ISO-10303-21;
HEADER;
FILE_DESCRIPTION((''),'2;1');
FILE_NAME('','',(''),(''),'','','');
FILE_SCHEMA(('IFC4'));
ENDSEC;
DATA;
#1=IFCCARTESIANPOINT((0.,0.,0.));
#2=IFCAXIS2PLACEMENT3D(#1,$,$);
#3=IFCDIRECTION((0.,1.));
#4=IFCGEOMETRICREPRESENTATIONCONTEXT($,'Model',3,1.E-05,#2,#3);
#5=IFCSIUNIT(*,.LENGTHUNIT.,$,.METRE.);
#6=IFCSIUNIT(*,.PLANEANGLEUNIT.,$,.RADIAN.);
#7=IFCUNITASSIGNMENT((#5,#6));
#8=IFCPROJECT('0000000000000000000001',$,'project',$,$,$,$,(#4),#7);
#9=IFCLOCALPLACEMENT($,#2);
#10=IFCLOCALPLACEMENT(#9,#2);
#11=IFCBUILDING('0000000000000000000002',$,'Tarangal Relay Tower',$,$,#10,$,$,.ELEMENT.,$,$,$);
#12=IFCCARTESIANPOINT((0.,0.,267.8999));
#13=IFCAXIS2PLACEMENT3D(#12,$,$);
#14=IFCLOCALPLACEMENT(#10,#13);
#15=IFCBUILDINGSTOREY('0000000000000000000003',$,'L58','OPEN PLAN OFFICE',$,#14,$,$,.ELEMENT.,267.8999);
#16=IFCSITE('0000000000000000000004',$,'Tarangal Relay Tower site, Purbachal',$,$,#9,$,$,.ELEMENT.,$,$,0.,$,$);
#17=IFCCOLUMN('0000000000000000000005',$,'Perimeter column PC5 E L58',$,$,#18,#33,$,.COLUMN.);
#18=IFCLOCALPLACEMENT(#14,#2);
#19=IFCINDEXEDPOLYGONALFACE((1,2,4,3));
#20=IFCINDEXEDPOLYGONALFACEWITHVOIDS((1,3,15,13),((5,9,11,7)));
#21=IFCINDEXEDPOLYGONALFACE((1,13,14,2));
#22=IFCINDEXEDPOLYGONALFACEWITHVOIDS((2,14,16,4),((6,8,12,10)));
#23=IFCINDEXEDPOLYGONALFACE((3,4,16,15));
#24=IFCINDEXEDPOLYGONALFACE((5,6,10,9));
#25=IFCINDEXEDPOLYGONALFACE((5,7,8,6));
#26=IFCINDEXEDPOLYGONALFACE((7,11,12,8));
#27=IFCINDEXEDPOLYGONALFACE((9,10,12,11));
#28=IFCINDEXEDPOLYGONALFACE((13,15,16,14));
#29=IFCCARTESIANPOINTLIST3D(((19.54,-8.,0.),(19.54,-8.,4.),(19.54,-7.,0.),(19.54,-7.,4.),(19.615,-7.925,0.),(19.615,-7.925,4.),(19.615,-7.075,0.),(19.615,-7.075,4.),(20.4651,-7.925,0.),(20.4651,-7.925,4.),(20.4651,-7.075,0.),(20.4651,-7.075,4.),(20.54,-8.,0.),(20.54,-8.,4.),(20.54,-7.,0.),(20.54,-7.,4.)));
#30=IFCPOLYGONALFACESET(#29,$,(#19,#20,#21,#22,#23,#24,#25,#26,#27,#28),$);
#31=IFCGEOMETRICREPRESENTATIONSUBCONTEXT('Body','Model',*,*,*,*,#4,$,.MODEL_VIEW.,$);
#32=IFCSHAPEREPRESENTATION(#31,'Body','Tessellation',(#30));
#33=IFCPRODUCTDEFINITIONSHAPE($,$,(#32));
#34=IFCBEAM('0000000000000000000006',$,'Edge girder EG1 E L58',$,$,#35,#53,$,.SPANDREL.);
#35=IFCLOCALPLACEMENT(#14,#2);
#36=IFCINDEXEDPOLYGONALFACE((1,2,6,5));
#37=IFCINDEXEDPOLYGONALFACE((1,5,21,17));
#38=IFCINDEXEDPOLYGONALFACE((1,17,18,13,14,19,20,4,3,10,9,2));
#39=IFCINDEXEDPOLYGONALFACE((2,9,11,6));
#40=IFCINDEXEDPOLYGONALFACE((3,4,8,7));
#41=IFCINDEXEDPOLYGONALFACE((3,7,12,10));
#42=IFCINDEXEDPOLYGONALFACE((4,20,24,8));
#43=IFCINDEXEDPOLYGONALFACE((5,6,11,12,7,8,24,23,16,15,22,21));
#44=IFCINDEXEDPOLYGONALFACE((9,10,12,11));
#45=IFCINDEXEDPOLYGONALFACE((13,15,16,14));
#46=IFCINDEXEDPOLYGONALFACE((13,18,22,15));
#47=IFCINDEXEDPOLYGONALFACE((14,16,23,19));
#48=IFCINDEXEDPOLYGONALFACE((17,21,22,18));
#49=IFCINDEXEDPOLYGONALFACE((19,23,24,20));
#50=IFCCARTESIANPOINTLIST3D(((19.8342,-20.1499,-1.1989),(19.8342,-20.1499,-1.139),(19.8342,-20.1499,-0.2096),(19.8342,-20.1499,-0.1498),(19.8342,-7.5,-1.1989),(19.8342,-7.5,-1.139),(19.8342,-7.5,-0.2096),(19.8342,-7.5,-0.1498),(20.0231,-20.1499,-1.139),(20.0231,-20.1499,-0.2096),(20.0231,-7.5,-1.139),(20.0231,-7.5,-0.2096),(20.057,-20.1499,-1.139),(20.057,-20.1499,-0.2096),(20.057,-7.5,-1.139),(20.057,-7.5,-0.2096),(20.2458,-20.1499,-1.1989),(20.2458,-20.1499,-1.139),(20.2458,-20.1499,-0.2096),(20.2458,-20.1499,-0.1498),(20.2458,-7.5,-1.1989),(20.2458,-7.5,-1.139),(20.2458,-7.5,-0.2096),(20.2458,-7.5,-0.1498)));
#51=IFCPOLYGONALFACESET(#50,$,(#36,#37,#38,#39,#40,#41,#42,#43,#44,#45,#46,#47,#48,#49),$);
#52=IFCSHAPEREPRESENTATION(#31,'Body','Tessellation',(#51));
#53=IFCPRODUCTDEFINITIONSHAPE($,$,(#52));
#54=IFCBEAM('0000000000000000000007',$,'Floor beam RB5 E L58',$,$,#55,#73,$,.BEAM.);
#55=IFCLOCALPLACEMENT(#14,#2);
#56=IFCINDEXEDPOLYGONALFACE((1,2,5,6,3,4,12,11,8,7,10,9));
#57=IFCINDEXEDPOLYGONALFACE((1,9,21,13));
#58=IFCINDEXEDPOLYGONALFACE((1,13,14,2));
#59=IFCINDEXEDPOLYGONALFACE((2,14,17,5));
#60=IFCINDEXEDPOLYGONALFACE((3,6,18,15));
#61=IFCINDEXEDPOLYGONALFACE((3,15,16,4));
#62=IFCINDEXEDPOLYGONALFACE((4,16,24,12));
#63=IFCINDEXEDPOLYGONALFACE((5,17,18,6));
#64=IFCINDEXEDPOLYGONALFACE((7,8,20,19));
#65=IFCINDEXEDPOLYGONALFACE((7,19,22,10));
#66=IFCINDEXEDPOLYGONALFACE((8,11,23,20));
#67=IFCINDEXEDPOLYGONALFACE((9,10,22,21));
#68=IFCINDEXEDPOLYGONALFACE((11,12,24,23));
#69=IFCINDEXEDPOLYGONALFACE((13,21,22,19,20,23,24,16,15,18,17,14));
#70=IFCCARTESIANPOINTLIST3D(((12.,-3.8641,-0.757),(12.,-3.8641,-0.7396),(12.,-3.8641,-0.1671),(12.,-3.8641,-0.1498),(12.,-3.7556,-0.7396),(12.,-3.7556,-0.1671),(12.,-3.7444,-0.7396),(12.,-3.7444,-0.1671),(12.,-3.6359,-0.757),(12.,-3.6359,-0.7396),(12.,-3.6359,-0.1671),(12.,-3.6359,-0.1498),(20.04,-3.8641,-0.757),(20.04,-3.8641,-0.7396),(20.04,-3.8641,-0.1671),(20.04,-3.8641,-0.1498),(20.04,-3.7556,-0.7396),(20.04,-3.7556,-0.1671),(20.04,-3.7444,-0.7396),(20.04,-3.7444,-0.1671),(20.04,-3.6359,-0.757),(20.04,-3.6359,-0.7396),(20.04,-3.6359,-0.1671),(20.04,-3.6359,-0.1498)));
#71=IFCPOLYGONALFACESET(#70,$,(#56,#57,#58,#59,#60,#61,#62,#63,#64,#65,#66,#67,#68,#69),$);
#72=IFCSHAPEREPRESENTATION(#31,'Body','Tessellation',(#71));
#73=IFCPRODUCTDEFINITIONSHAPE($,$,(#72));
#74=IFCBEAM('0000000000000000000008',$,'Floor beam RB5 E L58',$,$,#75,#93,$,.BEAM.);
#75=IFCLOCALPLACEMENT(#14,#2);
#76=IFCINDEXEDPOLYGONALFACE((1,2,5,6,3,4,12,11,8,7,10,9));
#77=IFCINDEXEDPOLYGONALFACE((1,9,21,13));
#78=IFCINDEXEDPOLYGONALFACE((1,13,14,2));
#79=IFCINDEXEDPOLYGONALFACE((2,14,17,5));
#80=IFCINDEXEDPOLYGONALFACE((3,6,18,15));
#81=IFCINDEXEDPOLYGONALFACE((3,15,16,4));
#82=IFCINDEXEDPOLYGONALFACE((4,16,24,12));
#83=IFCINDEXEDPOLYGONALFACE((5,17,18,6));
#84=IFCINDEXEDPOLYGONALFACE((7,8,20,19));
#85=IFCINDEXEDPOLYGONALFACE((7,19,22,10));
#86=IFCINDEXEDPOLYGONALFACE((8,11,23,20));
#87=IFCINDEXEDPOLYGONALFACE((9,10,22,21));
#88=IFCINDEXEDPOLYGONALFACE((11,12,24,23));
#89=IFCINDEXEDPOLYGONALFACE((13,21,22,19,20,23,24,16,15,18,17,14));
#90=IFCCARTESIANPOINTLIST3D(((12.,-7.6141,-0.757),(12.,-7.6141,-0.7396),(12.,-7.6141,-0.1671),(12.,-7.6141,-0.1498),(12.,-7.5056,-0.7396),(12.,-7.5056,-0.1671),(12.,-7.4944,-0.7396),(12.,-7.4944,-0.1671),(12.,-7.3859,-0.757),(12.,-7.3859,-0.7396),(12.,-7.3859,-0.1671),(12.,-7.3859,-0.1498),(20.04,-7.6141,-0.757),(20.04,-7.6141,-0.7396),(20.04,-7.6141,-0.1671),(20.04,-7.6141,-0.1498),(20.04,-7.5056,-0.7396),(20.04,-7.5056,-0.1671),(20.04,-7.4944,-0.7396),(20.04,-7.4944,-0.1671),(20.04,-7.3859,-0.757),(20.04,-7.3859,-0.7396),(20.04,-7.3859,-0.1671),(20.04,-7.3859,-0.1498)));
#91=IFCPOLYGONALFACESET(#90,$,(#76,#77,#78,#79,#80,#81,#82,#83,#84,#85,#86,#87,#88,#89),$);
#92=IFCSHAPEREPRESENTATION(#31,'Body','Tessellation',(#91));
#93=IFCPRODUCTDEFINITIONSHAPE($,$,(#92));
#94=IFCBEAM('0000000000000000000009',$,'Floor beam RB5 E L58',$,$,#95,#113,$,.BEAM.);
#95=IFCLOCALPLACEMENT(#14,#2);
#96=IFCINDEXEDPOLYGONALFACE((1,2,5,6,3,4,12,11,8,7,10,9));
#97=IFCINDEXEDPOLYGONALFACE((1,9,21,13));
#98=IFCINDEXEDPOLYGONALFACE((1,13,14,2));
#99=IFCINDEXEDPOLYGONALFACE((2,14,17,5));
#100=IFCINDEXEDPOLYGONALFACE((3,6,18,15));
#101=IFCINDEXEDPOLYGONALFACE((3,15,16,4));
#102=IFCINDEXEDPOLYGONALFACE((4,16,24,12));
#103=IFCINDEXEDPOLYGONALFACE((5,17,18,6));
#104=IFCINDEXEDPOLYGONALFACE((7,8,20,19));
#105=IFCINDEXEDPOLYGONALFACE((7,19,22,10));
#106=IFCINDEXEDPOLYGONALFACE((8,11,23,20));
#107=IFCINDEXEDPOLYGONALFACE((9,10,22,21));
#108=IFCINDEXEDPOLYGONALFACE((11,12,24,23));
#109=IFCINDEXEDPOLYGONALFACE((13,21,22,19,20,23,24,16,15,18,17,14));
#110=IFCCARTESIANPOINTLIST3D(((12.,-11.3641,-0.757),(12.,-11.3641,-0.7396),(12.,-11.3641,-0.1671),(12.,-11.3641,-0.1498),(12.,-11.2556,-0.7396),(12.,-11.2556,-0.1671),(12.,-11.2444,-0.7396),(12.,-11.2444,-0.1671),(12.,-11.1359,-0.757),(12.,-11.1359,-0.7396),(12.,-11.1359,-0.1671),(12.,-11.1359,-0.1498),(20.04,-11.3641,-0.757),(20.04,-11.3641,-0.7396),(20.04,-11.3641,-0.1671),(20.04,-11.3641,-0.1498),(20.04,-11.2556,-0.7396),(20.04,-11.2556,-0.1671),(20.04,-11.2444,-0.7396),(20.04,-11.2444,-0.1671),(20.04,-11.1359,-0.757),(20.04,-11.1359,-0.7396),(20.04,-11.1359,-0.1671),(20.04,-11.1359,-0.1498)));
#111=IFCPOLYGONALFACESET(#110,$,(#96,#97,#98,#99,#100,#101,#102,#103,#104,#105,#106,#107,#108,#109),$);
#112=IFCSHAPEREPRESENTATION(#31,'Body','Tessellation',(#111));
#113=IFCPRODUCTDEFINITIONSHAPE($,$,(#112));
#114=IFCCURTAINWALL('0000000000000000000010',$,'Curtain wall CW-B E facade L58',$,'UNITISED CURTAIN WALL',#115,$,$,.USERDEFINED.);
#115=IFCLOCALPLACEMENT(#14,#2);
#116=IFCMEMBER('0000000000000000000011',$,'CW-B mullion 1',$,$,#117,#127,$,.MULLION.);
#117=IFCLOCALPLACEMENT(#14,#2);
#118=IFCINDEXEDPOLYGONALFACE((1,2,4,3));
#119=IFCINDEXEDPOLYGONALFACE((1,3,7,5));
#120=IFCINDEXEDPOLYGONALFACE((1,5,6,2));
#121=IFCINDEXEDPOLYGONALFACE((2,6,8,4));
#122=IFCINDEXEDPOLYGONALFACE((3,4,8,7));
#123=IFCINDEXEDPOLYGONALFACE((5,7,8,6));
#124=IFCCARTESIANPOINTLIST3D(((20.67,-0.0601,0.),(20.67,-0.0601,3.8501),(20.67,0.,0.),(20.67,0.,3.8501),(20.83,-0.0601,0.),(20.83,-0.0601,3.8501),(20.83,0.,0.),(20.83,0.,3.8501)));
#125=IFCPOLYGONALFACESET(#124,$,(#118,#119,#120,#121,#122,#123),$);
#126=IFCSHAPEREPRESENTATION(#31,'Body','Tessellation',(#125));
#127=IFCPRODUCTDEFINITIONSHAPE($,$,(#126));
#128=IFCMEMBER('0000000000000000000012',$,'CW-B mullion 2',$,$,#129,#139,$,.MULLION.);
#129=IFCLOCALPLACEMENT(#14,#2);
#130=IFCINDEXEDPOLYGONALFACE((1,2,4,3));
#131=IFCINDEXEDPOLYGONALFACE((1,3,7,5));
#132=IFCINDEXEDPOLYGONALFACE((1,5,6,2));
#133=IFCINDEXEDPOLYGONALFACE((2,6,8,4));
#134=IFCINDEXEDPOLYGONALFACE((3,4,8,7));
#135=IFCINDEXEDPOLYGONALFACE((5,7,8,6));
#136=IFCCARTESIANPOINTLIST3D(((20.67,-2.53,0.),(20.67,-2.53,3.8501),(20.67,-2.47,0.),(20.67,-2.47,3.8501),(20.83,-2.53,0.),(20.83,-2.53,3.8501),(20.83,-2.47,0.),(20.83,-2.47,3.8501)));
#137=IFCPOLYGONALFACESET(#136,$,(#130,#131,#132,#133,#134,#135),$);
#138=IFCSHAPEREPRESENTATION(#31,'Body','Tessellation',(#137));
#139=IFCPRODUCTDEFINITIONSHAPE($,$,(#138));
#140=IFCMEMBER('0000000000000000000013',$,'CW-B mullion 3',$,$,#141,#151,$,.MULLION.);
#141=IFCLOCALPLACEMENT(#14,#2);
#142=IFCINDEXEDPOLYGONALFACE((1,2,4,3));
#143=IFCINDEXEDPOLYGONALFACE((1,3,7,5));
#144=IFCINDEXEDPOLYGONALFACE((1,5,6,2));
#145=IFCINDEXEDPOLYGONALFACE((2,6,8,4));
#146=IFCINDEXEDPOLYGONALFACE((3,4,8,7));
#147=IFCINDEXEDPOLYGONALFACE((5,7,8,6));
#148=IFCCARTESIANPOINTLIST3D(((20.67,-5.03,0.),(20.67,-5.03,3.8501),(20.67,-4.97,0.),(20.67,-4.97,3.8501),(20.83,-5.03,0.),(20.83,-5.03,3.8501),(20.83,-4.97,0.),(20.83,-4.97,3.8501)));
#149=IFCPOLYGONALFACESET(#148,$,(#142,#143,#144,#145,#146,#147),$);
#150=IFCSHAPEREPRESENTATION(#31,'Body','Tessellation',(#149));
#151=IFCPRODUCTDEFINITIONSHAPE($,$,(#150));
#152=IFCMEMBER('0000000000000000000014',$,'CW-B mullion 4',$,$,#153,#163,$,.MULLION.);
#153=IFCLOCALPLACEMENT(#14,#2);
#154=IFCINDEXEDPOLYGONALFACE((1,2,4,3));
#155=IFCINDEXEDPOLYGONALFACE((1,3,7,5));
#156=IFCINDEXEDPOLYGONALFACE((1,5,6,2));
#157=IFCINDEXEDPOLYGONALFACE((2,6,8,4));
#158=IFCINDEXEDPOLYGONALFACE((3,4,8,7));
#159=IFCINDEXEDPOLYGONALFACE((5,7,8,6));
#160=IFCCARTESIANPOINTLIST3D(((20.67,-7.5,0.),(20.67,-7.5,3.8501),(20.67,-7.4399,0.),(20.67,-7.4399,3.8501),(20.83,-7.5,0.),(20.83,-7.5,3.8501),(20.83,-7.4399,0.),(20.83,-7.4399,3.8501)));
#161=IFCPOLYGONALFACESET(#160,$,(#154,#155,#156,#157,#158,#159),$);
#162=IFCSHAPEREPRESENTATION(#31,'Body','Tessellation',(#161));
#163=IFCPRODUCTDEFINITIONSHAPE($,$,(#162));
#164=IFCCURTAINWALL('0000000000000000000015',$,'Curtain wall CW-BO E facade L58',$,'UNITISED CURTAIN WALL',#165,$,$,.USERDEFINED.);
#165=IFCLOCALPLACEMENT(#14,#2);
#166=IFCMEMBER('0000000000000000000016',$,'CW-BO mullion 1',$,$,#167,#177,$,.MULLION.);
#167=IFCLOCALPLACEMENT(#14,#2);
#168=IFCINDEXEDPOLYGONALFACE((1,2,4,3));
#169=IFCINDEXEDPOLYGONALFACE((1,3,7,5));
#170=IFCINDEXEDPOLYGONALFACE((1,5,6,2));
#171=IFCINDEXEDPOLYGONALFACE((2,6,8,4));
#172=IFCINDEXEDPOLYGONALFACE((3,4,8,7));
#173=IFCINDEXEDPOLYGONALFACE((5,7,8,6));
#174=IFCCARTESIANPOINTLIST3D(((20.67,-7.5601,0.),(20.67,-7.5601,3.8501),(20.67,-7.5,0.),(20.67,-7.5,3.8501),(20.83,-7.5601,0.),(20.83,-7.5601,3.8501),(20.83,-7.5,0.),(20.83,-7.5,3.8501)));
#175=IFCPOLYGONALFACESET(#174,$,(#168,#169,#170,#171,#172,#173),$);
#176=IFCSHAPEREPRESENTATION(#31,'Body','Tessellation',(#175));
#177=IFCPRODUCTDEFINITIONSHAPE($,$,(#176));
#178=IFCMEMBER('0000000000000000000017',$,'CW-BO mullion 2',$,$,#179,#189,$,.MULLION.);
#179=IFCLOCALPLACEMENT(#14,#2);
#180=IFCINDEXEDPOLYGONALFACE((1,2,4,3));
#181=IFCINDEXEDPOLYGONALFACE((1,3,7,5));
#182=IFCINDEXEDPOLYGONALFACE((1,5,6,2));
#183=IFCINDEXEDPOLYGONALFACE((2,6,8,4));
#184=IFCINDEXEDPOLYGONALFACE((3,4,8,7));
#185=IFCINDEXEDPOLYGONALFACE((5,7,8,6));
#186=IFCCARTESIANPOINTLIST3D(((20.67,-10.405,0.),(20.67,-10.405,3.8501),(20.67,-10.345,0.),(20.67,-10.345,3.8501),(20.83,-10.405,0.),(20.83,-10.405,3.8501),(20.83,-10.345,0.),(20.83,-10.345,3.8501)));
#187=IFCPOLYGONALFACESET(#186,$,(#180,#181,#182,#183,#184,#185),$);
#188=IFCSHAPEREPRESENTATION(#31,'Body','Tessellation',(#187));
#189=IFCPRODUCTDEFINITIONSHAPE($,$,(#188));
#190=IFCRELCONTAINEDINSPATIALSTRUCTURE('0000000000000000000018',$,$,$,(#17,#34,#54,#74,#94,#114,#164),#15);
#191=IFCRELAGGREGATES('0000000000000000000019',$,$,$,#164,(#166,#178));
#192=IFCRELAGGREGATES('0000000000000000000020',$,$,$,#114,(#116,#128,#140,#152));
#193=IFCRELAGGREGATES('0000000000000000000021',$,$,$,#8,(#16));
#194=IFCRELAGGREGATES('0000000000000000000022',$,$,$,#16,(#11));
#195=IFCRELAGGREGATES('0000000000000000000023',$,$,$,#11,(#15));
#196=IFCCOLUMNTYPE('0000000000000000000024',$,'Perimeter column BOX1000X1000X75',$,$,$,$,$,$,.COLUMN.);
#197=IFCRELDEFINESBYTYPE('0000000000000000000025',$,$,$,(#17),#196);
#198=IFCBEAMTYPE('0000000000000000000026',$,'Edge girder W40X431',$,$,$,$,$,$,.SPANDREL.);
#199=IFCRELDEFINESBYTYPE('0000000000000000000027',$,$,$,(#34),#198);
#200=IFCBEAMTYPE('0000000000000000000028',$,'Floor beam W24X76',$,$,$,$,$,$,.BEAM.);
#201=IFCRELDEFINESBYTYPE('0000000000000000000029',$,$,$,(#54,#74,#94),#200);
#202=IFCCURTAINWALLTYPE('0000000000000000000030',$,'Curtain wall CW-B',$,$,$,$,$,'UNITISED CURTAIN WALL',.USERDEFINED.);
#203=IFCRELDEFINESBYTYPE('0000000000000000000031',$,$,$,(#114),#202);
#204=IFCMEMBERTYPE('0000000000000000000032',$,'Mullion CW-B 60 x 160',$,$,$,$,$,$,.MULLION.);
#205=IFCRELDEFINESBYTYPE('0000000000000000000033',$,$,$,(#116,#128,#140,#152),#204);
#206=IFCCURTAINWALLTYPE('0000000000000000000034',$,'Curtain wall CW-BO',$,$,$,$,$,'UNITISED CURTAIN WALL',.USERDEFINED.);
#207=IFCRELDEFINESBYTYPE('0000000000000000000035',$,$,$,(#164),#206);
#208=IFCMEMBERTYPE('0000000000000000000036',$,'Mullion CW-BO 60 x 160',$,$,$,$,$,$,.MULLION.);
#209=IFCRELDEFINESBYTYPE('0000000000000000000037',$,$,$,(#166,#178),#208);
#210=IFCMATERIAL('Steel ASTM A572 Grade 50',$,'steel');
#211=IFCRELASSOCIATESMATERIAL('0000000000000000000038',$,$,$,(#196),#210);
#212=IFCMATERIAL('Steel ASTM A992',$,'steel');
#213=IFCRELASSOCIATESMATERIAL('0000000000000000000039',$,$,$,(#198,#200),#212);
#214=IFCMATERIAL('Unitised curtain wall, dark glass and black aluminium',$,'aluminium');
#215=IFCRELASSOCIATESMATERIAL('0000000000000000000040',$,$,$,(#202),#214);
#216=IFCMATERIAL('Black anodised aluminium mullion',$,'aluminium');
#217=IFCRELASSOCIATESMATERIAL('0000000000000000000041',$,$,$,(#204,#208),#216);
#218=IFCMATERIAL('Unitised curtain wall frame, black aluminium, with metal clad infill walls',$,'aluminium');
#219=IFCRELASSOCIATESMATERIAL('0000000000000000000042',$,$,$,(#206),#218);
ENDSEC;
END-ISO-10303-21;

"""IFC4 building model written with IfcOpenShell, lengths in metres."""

from ifc_helpers import new_model, si_unit, direction, frame, origin, origin_2d, place, context, subcontext, project, spatial, rectangle, hollow_rectangle, i_section, extrude, material, material_profile, profile_set, type_object, element, aggregate, save


model = new_model("IFC4")

# Units and contexts
model_context = context("Model", 3, precision=1e-05, world=origin(), true_north=direction((0.0, 1.0)))
body_context = subcontext(model_context, "Body", "Model", "MODEL_VIEW")
ifc_project = project(units=[si_unit("LENGTHUNIT", "METRE"), si_unit("PLANEANGLEUNIT", "RADIAN")], contexts=[model_context])

# Site, building, storey
site_placement = place(None, origin())
site = spatial("IfcSite", under=ifc_project, at=site_placement, Name="Tarangal Relay Tower site, Purbachal", CompositionType="ELEMENT", RefElevation=0.0)
building_placement = place(site_placement, origin())
building = spatial("IfcBuilding", under=site, at=building_placement, Name="Tarangal Relay Tower", CompositionType="ELEMENT")
storey_placement = place(building_placement, frame((0.0, 0.0, 267.8999)))
storey = spatial("IfcBuildingStorey", under=building, at=storey_placement, Name="L58", Description="OPEN PLAN OFFICE", CompositionType="ELEMENT", Elevation=267.8999)

# Column
ifc_material_1 = material(Name="Steel ASTM A572 Grade 50", Category="steel")
ifc_material_profile_1 = material_profile(ifc_material_1, hollow_rectangle(XDim=1.0, YDim=1.0, WallThickness=0.075, at=origin_2d()), Name="BOX1000X1000X75")
ifc_profile_set_1 = profile_set([ifc_material_profile_1], Name="Steel ASTM A572 Grade 50")
column_type = type_object("IfcColumnType", Name="Perimeter column BOX1000X1000X75", PredefinedType="COLUMN", material=ifc_profile_set_1)
column_placement = place(storey_placement, frame((20.04, -7.5, 0.0), z_axis=(0.0, 0.0, 1.0), x_axis=(1.0, 0.0, 0.0)))
element("IfcColumn", 1, at=column_placement, inside=storey, type_object=column_type, Name="Perimeter column PC5 E L58", PredefinedType="COLUMN", context=body_context, shape_type="SweptSolid", body=[
    extrude(hollow_rectangle(XDim=1.0, YDim=1.0, WallThickness=0.075, at=origin_2d()), origin(), (0.0, 0.0, 1.0), 4.0),
])

# Beams
ifc_material_2 = material(Name="Steel ASTM A992", Category="steel")
ifc_material_profile_2 = material_profile(ifc_material_2, i_section(OverallWidth=0.4116, OverallDepth=1.0491, WebThickness=0.0339, FlangeThickness=0.0598, at=origin_2d()), Name="W40X431")
ifc_profile_set_2 = profile_set([ifc_material_profile_2], Name="Steel ASTM A992")
beam_type_1 = type_object("IfcBeamType", Name="Edge girder W40X431", PredefinedType="SPANDREL", material=ifc_profile_set_2)
beam_placement = place(storey_placement, frame((20.04, -7.5, -0.6743), z_axis=(0.0, -1.0, 0.0), x_axis=(1.0, 0.0, 0.0)))
element("IfcBeam", 2, at=beam_placement, inside=storey, type_object=beam_type_1, Name="Edge girder EG1 E L58", PredefinedType="SPANDREL", context=body_context, shape_type="SweptSolid", body=[
    extrude(i_section(OverallWidth=0.4116, OverallDepth=1.0491, WebThickness=0.0339, FlangeThickness=0.0598, at=origin_2d()), origin(), (0.0, 0.0, 1.0), 12.6499),
])
ifc_material_profile_3 = material_profile(ifc_material_2, i_section(OverallWidth=0.2283, OverallDepth=0.6072, WebThickness=0.0112, FlangeThickness=0.0173, at=origin_2d()), Name="W24X76")
ifc_profile_set_3 = profile_set([ifc_material_profile_3], Name="Steel ASTM A992")
beam_type_2 = type_object("IfcBeamType", Name="Floor beam W24X76", PredefinedType="BEAM", material=ifc_profile_set_3)
for number, where, z_axis, x_axis, name in (
    (3, (12.0, -3.75, -0.4534), (1.0, 0.0, 0.0), (0.0, 1.0, 0.0), "Floor beam RB5 E L58"),
    (4, (12.0, -7.5, -0.4534), (1.0, 0.0, 0.0), (0.0, 1.0, 0.0), "Floor beam RB5 E L58"),
    (5, (12.0, -11.25, -0.4534), (1.0, 0.0, 0.0), (0.0, 1.0, 0.0), "Floor beam RB5 E L58"),
):
    element("IfcBeam", number, at=place(storey_placement, frame(where, z_axis=z_axis, x_axis=x_axis)), inside=storey, type_object=beam_type_2, Name=name, PredefinedType="BEAM", context=body_context, shape_type="SweptSolid", body=[
        extrude(i_section(OverallWidth=0.2283, OverallDepth=0.6072, WebThickness=0.0112, FlangeThickness=0.0173, at=origin_2d()), origin(), (0.0, 0.0, 1.0), 8.04),
    ])

# Curtain walls, members
ifc_material_3 = material(Name="Unitised curtain wall, dark glass and black aluminium", Category="aluminium")
curtain_wall_type_1 = type_object("IfcCurtainWallType", Name="Curtain wall CW-B", ElementType="UNITISED CURTAIN WALL", PredefinedType="USERDEFINED", material=ifc_material_3)
curtain_wall_1_placement = place(storey_placement, origin())
curtain_wall_1 = element("IfcCurtainWall", 6, at=curtain_wall_1_placement, inside=storey, type_object=curtain_wall_type_1, Name="Curtain wall CW-B E facade L58", ObjectType="UNITISED CURTAIN WALL", PredefinedType="USERDEFINED")
ifc_material_4 = material(Name="Black anodised aluminium mullion", Category="aluminium")
ifc_material_profile_4 = material_profile(ifc_material_4, rectangle(XDim=0.1599, YDim=0.0601, at=origin_2d()), Name="CW-BM 60X160")
ifc_profile_set_4 = profile_set([ifc_material_profile_4], Name="Black anodised aluminium mullion")
member_type_1 = type_object("IfcMemberType", Name="Mullion CW-B 60 x 160", PredefinedType="MULLION", material=ifc_profile_set_4)
member_1_placement = place(storey_placement, frame((20.75, -0.03, 0.0), z_axis=(0.0, 0.0, 1.0), x_axis=(1.0, 0.0, 0.0)))
member_1 = element("IfcMember", 7, at=member_1_placement, type_object=member_type_1, Name="CW-B mullion 1", PredefinedType="MULLION", context=body_context, shape_type="SweptSolid", body=[
    extrude(rectangle(XDim=0.1599, YDim=0.0601, at=origin_2d()), origin(), (0.0, 0.0, 1.0), 3.8501),
])
member_2_placement = place(storey_placement, frame((20.75, -2.5, 0.0), z_axis=(0.0, 0.0, 1.0), x_axis=(1.0, 0.0, 0.0)))
member_2 = element("IfcMember", 8, at=member_2_placement, type_object=member_type_1, Name="CW-B mullion 2", PredefinedType="MULLION", context=body_context, shape_type="SweptSolid", body=[
    extrude(rectangle(XDim=0.1599, YDim=0.0601, at=origin_2d()), origin(), (0.0, 0.0, 1.0), 3.8501),
])
member_3_placement = place(storey_placement, frame((20.75, -5.0, 0.0), z_axis=(0.0, 0.0, 1.0), x_axis=(1.0, 0.0, 0.0)))
member_3 = element("IfcMember", 9, at=member_3_placement, type_object=member_type_1, Name="CW-B mullion 3", PredefinedType="MULLION", context=body_context, shape_type="SweptSolid", body=[
    extrude(rectangle(XDim=0.1599, YDim=0.0601, at=origin_2d()), origin(), (0.0, 0.0, 1.0), 3.8501),
])
member_4_placement = place(storey_placement, frame((20.75, -7.47, 0.0), z_axis=(0.0, 0.0, 1.0), x_axis=(1.0, 0.0, 0.0)))
member_4 = element("IfcMember", 10, at=member_4_placement, type_object=member_type_1, Name="CW-B mullion 4", PredefinedType="MULLION", context=body_context, shape_type="SweptSolid", body=[
    extrude(rectangle(XDim=0.1599, YDim=0.0601, at=origin_2d()), origin(), (0.0, 0.0, 1.0), 3.8501),
])
ifc_material_5 = material(Name="Unitised curtain wall frame, black aluminium, with metal clad infill walls", Category="aluminium")
curtain_wall_type_2 = type_object("IfcCurtainWallType", Name="Curtain wall CW-BO", ElementType="UNITISED CURTAIN WALL", PredefinedType="USERDEFINED", material=ifc_material_5)
curtain_wall_2_placement = place(storey_placement, origin())
curtain_wall_2 = element("IfcCurtainWall", 11, at=curtain_wall_2_placement, inside=storey, type_object=curtain_wall_type_2, Name="Curtain wall CW-BO E facade L58", ObjectType="UNITISED CURTAIN WALL", PredefinedType="USERDEFINED")
ifc_material_profile_5 = material_profile(ifc_material_4, rectangle(XDim=0.1599, YDim=0.0601, at=origin_2d()), Name="CW-BOM 60X160")
ifc_profile_set_5 = profile_set([ifc_material_profile_5], Name="Black anodised aluminium mullion")
member_type_2 = type_object("IfcMemberType", Name="Mullion CW-BO 60 x 160", PredefinedType="MULLION", material=ifc_profile_set_5)
member_5_placement = place(storey_placement, frame((20.75, -7.53, 0.0), z_axis=(0.0, 0.0, 1.0), x_axis=(1.0, 0.0, 0.0)))
member_5 = element("IfcMember", 12, at=member_5_placement, type_object=member_type_2, Name="CW-BO mullion 1", PredefinedType="MULLION", context=body_context, shape_type="SweptSolid", body=[
    extrude(rectangle(XDim=0.1599, YDim=0.0601, at=origin_2d()), origin(), (0.0, 0.0, 1.0), 3.8501),
])
member_6_placement = place(storey_placement, frame((20.75, -10.375, 0.0), z_axis=(0.0, 0.0, 1.0), x_axis=(1.0, 0.0, 0.0)))
member_6 = element("IfcMember", 13, at=member_6_placement, type_object=member_type_2, Name="CW-BO mullion 2", PredefinedType="MULLION", context=body_context, shape_type="SweptSolid", body=[
    extrude(rectangle(XDim=0.1599, YDim=0.0601, at=origin_2d()), origin(), (0.0, 0.0, 1.0), 3.8501),
])

aggregate(curtain_wall_2, [member_5, member_6])

aggregate(curtain_wall_1, [member_1, member_2, member_3, member_4])

save(model, "model.ifc")
